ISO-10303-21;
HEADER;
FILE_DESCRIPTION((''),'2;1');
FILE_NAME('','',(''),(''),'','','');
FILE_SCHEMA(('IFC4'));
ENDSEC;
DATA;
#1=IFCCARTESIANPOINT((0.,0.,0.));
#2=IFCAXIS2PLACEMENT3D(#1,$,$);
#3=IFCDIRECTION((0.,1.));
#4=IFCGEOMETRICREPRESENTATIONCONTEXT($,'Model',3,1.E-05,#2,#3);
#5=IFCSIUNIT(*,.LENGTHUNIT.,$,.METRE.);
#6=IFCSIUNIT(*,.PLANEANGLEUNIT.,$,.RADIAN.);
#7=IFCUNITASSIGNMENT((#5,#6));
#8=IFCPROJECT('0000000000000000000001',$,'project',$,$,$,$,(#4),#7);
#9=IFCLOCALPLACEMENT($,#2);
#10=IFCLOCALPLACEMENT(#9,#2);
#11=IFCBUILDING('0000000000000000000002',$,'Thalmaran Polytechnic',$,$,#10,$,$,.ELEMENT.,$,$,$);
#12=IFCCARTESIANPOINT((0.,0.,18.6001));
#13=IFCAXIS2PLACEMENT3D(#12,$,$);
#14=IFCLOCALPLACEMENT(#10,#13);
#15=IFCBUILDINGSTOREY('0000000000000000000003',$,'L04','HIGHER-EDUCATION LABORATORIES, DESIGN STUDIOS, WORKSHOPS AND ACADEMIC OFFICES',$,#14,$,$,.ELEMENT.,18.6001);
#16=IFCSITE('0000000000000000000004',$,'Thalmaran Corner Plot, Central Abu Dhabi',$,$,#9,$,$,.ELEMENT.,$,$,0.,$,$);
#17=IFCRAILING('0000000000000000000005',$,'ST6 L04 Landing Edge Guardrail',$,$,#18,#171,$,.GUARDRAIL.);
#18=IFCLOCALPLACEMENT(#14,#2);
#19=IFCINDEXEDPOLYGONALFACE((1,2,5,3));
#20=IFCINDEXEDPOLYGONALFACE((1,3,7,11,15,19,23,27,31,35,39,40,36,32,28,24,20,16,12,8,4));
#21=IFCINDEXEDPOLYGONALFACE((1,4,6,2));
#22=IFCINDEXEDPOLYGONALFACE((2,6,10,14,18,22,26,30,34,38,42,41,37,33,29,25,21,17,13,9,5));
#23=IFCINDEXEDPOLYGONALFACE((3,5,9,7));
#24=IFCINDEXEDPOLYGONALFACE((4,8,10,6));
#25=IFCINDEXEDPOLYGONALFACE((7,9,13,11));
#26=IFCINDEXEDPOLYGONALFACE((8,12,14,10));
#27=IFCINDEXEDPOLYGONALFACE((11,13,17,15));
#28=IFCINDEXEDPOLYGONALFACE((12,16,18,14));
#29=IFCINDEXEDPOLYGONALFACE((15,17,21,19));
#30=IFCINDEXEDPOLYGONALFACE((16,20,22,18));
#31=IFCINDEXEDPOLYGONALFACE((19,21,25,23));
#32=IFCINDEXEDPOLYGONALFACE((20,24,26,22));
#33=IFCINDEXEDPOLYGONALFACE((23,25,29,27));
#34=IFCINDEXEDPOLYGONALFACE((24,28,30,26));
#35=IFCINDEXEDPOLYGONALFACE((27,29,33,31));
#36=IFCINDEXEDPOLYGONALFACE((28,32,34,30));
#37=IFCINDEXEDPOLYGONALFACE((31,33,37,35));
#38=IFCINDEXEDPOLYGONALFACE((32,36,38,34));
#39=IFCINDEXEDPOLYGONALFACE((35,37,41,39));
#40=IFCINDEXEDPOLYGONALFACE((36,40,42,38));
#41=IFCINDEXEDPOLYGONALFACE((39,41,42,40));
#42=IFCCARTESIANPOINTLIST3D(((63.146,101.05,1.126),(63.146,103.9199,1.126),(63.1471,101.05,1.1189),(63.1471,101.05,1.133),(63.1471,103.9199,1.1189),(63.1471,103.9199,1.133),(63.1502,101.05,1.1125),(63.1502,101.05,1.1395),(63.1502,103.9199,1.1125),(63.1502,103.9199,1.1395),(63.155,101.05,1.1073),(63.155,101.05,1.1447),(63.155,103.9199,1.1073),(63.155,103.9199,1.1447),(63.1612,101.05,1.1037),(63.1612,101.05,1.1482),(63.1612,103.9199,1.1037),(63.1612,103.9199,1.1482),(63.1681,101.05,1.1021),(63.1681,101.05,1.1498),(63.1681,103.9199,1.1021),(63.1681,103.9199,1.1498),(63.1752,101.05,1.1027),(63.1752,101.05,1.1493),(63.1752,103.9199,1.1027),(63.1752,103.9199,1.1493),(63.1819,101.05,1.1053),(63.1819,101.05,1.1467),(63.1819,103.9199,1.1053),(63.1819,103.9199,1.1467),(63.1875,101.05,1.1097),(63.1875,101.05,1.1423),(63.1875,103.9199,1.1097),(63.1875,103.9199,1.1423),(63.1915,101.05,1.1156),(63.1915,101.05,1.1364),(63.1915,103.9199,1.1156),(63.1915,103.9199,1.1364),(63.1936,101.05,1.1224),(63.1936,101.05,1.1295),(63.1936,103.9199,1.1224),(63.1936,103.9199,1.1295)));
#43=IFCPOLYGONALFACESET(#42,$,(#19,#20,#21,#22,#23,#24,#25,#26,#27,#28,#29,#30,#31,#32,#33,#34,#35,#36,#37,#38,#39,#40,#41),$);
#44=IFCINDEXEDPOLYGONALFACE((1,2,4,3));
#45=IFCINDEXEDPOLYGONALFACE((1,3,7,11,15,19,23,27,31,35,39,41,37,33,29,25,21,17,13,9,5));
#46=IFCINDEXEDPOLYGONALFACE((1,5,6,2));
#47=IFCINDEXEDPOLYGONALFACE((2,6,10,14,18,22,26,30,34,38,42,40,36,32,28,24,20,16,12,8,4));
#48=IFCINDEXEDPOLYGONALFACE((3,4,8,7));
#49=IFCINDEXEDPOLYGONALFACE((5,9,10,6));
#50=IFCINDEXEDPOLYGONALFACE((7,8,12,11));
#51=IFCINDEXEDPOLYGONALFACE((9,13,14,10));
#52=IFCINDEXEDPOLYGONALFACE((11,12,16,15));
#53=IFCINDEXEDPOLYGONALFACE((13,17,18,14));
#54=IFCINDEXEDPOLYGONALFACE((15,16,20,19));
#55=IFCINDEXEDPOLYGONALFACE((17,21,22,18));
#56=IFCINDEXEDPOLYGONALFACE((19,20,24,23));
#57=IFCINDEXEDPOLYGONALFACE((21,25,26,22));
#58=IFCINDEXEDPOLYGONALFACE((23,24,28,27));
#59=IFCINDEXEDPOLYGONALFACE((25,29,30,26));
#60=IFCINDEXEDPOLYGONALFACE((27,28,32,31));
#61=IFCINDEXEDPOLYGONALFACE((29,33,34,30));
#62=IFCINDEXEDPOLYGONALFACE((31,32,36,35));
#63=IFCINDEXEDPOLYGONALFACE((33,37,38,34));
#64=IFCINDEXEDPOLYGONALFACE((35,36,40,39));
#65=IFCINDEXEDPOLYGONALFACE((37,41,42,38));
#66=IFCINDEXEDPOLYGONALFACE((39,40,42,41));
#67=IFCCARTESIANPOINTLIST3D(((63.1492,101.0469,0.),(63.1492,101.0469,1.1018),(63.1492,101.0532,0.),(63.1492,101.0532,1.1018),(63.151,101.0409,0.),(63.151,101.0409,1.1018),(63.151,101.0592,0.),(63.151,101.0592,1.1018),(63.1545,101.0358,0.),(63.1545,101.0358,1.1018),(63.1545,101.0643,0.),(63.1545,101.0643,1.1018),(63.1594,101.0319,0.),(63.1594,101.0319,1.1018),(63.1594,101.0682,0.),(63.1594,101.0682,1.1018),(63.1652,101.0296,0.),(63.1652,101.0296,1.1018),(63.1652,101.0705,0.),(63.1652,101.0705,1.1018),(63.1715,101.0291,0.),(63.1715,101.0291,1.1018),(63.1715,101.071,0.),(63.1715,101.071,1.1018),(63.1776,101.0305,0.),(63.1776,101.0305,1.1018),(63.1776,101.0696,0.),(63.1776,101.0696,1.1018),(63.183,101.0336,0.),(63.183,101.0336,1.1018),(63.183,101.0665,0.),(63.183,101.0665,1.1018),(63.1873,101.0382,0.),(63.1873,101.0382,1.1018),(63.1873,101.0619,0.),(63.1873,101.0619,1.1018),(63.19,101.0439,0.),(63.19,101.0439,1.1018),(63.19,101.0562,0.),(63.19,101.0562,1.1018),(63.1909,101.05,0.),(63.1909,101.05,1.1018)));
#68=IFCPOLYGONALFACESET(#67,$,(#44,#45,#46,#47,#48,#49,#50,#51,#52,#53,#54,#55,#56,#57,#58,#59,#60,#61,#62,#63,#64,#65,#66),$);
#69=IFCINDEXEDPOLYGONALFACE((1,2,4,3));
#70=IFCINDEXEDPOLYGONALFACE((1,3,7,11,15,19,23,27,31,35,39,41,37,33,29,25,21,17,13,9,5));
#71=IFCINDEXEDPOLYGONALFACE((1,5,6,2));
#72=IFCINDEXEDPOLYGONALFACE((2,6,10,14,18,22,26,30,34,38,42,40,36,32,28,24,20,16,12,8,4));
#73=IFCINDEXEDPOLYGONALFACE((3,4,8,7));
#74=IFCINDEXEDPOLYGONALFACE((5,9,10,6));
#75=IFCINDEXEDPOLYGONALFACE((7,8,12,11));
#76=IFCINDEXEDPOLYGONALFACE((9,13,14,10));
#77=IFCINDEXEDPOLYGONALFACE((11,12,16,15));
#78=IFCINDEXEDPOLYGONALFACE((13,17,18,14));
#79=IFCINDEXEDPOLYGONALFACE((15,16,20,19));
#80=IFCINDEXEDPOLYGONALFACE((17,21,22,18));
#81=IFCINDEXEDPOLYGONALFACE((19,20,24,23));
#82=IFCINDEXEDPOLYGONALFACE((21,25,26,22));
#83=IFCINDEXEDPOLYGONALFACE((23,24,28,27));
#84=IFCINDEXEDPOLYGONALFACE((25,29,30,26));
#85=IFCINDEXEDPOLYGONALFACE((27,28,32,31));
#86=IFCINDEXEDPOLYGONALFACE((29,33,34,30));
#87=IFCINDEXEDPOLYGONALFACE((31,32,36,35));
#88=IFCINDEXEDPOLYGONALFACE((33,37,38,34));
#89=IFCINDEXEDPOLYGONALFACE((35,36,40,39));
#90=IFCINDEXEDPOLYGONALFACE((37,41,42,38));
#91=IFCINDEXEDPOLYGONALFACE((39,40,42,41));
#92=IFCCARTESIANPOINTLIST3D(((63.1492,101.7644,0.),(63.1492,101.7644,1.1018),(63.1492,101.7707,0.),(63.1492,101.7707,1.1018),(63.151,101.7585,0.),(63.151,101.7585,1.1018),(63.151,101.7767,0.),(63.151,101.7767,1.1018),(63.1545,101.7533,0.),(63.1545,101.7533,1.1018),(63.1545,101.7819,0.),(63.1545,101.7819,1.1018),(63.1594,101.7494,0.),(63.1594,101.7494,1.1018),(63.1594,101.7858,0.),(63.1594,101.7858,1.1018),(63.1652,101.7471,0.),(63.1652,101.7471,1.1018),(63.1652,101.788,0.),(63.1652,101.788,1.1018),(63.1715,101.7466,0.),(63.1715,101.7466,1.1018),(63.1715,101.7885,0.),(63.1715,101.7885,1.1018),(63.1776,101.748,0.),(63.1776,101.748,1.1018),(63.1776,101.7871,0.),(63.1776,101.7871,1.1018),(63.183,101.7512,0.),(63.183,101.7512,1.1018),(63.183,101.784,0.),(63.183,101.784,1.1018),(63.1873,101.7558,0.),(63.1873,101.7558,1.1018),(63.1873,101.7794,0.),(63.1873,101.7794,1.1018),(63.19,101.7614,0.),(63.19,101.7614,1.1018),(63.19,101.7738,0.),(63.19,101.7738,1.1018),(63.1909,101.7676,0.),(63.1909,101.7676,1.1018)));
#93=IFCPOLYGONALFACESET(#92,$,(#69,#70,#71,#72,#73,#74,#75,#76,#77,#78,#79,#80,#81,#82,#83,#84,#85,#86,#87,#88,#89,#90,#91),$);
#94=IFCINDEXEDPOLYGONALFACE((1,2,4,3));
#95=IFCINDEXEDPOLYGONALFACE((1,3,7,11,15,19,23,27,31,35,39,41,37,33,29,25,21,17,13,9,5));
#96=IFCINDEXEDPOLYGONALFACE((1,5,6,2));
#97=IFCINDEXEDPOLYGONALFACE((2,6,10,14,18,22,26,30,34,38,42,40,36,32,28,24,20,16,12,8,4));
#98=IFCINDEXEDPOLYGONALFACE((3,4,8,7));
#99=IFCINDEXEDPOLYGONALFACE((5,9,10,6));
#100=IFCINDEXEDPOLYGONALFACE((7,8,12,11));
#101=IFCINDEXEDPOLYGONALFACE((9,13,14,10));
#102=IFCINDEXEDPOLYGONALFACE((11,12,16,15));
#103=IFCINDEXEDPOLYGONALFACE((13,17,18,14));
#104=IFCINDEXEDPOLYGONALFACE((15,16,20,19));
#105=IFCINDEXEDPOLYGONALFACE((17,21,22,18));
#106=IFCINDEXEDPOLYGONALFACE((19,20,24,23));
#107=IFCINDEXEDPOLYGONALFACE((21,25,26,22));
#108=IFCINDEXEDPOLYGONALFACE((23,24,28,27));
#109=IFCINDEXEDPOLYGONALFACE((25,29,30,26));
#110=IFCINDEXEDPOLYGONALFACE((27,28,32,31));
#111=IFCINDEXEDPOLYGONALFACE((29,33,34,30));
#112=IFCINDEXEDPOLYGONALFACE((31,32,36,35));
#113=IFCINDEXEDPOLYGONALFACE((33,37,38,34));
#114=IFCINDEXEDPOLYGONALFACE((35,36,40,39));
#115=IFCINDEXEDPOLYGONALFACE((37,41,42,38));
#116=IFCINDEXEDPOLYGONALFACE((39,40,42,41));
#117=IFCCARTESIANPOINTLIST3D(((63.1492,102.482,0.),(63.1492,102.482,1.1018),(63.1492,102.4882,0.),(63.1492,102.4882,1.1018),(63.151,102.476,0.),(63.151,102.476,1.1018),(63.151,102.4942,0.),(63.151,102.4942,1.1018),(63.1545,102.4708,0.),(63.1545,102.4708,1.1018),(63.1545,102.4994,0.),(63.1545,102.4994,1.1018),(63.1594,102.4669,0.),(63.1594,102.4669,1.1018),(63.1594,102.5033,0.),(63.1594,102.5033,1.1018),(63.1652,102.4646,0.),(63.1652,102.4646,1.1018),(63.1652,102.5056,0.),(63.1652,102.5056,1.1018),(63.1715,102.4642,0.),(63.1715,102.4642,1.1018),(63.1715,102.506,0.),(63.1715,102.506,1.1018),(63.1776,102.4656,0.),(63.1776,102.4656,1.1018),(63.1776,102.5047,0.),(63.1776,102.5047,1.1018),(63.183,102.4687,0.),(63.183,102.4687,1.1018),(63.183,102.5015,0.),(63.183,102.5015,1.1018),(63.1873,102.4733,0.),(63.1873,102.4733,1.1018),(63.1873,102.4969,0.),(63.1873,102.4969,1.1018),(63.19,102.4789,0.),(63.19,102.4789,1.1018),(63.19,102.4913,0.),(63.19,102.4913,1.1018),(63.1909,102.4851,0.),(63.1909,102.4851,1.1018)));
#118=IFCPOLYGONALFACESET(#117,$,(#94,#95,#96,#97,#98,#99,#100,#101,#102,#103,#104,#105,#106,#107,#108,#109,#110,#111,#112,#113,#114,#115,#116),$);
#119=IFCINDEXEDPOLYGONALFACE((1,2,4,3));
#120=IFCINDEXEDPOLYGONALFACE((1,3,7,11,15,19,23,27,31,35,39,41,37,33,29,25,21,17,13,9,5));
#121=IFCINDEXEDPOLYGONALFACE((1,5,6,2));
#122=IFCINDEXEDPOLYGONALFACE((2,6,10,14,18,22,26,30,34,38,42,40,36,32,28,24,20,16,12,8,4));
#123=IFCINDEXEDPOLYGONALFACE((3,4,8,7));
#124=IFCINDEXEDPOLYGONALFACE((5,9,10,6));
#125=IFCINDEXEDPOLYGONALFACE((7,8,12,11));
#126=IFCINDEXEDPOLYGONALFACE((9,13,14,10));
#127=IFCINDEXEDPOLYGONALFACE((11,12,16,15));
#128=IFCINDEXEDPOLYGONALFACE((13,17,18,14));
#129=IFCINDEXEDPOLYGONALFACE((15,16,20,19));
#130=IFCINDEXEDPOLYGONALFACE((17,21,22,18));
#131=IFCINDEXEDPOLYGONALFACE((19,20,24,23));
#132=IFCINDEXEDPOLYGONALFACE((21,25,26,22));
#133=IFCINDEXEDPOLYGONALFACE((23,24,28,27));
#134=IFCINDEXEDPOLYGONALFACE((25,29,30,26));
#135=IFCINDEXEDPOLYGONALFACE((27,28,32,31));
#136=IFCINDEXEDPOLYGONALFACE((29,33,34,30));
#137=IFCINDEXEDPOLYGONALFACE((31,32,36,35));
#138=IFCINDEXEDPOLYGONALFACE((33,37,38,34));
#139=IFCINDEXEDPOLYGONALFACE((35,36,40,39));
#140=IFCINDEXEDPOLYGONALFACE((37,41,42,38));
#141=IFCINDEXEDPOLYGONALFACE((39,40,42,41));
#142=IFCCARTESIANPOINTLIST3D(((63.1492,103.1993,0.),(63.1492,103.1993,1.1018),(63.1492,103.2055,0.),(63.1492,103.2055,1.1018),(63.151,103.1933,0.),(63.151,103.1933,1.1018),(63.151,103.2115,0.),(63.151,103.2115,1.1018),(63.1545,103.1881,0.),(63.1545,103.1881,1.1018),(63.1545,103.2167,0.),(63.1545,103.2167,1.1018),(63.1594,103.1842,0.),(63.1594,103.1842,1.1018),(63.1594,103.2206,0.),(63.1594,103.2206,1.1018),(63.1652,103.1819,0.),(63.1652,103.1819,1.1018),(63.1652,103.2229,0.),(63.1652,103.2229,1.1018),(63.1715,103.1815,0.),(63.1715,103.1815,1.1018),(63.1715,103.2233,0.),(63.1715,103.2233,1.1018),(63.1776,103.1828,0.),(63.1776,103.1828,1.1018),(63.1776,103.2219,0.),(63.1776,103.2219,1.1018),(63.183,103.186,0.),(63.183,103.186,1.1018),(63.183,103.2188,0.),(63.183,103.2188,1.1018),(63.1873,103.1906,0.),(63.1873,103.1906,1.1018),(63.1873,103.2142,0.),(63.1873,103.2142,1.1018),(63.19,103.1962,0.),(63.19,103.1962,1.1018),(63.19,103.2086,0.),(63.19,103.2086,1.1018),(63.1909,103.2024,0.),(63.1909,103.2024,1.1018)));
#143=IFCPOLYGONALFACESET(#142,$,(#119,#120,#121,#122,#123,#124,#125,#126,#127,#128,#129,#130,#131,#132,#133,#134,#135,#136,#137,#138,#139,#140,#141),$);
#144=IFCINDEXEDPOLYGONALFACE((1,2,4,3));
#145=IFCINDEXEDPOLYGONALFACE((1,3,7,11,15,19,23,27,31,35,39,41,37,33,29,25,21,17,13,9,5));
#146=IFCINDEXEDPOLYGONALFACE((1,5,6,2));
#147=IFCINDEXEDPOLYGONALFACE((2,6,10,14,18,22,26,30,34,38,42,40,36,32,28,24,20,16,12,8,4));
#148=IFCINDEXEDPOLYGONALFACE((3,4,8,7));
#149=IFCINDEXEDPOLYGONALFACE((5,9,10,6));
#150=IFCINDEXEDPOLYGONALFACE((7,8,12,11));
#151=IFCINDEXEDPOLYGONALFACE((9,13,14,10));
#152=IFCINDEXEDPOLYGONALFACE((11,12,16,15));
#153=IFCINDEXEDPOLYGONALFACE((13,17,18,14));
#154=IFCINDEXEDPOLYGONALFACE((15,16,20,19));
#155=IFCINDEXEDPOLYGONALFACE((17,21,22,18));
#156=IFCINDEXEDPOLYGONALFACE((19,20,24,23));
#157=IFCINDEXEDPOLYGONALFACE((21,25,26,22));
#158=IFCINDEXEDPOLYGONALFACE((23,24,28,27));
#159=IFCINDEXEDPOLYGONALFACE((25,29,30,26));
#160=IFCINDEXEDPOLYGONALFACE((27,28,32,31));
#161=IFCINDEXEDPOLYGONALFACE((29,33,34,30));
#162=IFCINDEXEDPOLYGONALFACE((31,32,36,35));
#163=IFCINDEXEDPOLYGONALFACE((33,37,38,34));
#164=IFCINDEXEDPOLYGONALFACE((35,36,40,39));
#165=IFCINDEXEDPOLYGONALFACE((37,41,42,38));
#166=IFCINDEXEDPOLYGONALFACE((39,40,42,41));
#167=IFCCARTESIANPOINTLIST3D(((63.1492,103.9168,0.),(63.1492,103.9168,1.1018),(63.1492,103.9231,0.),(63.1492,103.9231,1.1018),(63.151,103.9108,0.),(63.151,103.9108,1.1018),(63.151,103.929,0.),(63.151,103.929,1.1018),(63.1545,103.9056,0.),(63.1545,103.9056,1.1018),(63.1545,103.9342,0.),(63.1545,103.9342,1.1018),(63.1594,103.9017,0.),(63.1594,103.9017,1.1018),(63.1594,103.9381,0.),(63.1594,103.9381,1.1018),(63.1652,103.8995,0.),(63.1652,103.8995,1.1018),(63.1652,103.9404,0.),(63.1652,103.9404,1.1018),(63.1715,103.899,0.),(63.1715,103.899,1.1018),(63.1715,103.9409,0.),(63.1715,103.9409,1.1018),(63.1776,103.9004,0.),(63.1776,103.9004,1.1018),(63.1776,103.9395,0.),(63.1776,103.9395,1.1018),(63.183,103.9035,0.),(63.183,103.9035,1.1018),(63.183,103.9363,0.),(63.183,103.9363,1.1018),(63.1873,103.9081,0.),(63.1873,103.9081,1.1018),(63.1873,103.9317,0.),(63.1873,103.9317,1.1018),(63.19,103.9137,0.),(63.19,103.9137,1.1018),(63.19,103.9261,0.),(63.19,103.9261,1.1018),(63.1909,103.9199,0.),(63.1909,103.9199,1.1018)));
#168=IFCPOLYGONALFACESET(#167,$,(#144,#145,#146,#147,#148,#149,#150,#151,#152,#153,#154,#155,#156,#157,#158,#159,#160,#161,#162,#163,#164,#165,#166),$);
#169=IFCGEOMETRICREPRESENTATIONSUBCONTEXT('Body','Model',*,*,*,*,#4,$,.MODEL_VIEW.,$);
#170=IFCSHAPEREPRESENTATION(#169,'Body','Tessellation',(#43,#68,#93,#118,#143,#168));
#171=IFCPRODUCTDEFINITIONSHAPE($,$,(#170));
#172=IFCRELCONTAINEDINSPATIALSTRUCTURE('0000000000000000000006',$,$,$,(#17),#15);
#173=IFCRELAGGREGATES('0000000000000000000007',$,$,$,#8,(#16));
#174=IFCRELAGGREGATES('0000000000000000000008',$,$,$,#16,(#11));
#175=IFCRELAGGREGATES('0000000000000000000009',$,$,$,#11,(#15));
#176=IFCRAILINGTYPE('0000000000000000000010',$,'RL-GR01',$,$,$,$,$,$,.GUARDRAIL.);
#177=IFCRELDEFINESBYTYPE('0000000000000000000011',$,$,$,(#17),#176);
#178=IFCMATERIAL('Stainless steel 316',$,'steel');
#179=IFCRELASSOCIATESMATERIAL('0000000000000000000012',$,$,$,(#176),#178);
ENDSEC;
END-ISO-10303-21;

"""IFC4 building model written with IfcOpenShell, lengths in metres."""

from ifc_helpers import new_model, si_unit, direction, frame, origin, origin_2d, place, context, subcontext, project, spatial, circle, extrude, material, type_object, element, save


model = new_model("IFC4")

# Units and contexts
model_context = context("Model", 3, precision=1e-05, world=origin(), true_north=direction((0.0, 1.0)))
body_context = subcontext(model_context, "Body", "Model", "MODEL_VIEW")
ifc_project = project(units=[si_unit("LENGTHUNIT", "METRE"), si_unit("PLANEANGLEUNIT", "RADIAN")], contexts=[model_context])

# Site, building, storey
site_placement = place(None, origin())
site = spatial("IfcSite", under=ifc_project, at=site_placement, Name="Thalmaran Corner Plot, Central Abu Dhabi", CompositionType="ELEMENT", RefElevation=0.0)
building_placement = place(site_placement, origin())
building = spatial("IfcBuilding", under=site, at=building_placement, Name="Thalmaran Polytechnic", CompositionType="ELEMENT")
storey_placement = place(building_placement, frame((0.0, 0.0, 18.6001)))
storey = spatial("IfcBuildingStorey", under=building, at=storey_placement, Name="L04", Description="HIGHER-EDUCATION LABORATORIES, DESIGN STUDIOS, WORKSHOPS AND ACADEMIC OFFICES", CompositionType="ELEMENT", Elevation=18.6001)

# Railing
ifc_material_1 = material(Name="Stainless steel 316", Category="steel")
railing_type_1 = type_object("IfcRailingType", Name="RL-GR01", PredefinedType="GUARDRAIL", material=ifc_material_1)
railing_1_placement = place(storey_placement, frame((63.1699, 101.05, 0.0)))
element("IfcRailing", 1, at=railing_1_placement, inside=storey, type_object=railing_type_1, Name="ST6 L04 Landing Edge Guardrail", PredefinedType="GUARDRAIL", context=body_context, shape_type="SweptSolid", body=[
    extrude(circle(Radius=0.0239, at=origin_2d()), frame((0.0, 0.0, 1.126), z_axis=(0.0, 1.0, 0.0), x_axis=(-1.0, 0.0, 0.0)), (0.0, 0.0, 1.0), 2.8699),
    extrude(circle(Radius=0.021, at=origin_2d()), origin(), (0.0, 0.0, 1.0), 1.1018),
    extrude(circle(Radius=0.021, at=origin_2d()), frame((0.0, 0.7175, 0.0)), (0.0, 0.0, 1.0), 1.1018),
    extrude(circle(Radius=0.021, at=origin_2d()), frame((0.0, 1.4351, 0.0)), (0.0, 0.0, 1.0), 1.1018),
    extrude(circle(Radius=0.021, at=origin_2d()), frame((0.0, 2.1523, 0.0)), (0.0, 0.0, 1.0), 1.1018),
    extrude(circle(Radius=0.021, at=origin_2d()), frame((0.0, 2.8699, 0.0)), (0.0, 0.0, 1.0), 1.1018),
])

save(model, "model.ifc")
